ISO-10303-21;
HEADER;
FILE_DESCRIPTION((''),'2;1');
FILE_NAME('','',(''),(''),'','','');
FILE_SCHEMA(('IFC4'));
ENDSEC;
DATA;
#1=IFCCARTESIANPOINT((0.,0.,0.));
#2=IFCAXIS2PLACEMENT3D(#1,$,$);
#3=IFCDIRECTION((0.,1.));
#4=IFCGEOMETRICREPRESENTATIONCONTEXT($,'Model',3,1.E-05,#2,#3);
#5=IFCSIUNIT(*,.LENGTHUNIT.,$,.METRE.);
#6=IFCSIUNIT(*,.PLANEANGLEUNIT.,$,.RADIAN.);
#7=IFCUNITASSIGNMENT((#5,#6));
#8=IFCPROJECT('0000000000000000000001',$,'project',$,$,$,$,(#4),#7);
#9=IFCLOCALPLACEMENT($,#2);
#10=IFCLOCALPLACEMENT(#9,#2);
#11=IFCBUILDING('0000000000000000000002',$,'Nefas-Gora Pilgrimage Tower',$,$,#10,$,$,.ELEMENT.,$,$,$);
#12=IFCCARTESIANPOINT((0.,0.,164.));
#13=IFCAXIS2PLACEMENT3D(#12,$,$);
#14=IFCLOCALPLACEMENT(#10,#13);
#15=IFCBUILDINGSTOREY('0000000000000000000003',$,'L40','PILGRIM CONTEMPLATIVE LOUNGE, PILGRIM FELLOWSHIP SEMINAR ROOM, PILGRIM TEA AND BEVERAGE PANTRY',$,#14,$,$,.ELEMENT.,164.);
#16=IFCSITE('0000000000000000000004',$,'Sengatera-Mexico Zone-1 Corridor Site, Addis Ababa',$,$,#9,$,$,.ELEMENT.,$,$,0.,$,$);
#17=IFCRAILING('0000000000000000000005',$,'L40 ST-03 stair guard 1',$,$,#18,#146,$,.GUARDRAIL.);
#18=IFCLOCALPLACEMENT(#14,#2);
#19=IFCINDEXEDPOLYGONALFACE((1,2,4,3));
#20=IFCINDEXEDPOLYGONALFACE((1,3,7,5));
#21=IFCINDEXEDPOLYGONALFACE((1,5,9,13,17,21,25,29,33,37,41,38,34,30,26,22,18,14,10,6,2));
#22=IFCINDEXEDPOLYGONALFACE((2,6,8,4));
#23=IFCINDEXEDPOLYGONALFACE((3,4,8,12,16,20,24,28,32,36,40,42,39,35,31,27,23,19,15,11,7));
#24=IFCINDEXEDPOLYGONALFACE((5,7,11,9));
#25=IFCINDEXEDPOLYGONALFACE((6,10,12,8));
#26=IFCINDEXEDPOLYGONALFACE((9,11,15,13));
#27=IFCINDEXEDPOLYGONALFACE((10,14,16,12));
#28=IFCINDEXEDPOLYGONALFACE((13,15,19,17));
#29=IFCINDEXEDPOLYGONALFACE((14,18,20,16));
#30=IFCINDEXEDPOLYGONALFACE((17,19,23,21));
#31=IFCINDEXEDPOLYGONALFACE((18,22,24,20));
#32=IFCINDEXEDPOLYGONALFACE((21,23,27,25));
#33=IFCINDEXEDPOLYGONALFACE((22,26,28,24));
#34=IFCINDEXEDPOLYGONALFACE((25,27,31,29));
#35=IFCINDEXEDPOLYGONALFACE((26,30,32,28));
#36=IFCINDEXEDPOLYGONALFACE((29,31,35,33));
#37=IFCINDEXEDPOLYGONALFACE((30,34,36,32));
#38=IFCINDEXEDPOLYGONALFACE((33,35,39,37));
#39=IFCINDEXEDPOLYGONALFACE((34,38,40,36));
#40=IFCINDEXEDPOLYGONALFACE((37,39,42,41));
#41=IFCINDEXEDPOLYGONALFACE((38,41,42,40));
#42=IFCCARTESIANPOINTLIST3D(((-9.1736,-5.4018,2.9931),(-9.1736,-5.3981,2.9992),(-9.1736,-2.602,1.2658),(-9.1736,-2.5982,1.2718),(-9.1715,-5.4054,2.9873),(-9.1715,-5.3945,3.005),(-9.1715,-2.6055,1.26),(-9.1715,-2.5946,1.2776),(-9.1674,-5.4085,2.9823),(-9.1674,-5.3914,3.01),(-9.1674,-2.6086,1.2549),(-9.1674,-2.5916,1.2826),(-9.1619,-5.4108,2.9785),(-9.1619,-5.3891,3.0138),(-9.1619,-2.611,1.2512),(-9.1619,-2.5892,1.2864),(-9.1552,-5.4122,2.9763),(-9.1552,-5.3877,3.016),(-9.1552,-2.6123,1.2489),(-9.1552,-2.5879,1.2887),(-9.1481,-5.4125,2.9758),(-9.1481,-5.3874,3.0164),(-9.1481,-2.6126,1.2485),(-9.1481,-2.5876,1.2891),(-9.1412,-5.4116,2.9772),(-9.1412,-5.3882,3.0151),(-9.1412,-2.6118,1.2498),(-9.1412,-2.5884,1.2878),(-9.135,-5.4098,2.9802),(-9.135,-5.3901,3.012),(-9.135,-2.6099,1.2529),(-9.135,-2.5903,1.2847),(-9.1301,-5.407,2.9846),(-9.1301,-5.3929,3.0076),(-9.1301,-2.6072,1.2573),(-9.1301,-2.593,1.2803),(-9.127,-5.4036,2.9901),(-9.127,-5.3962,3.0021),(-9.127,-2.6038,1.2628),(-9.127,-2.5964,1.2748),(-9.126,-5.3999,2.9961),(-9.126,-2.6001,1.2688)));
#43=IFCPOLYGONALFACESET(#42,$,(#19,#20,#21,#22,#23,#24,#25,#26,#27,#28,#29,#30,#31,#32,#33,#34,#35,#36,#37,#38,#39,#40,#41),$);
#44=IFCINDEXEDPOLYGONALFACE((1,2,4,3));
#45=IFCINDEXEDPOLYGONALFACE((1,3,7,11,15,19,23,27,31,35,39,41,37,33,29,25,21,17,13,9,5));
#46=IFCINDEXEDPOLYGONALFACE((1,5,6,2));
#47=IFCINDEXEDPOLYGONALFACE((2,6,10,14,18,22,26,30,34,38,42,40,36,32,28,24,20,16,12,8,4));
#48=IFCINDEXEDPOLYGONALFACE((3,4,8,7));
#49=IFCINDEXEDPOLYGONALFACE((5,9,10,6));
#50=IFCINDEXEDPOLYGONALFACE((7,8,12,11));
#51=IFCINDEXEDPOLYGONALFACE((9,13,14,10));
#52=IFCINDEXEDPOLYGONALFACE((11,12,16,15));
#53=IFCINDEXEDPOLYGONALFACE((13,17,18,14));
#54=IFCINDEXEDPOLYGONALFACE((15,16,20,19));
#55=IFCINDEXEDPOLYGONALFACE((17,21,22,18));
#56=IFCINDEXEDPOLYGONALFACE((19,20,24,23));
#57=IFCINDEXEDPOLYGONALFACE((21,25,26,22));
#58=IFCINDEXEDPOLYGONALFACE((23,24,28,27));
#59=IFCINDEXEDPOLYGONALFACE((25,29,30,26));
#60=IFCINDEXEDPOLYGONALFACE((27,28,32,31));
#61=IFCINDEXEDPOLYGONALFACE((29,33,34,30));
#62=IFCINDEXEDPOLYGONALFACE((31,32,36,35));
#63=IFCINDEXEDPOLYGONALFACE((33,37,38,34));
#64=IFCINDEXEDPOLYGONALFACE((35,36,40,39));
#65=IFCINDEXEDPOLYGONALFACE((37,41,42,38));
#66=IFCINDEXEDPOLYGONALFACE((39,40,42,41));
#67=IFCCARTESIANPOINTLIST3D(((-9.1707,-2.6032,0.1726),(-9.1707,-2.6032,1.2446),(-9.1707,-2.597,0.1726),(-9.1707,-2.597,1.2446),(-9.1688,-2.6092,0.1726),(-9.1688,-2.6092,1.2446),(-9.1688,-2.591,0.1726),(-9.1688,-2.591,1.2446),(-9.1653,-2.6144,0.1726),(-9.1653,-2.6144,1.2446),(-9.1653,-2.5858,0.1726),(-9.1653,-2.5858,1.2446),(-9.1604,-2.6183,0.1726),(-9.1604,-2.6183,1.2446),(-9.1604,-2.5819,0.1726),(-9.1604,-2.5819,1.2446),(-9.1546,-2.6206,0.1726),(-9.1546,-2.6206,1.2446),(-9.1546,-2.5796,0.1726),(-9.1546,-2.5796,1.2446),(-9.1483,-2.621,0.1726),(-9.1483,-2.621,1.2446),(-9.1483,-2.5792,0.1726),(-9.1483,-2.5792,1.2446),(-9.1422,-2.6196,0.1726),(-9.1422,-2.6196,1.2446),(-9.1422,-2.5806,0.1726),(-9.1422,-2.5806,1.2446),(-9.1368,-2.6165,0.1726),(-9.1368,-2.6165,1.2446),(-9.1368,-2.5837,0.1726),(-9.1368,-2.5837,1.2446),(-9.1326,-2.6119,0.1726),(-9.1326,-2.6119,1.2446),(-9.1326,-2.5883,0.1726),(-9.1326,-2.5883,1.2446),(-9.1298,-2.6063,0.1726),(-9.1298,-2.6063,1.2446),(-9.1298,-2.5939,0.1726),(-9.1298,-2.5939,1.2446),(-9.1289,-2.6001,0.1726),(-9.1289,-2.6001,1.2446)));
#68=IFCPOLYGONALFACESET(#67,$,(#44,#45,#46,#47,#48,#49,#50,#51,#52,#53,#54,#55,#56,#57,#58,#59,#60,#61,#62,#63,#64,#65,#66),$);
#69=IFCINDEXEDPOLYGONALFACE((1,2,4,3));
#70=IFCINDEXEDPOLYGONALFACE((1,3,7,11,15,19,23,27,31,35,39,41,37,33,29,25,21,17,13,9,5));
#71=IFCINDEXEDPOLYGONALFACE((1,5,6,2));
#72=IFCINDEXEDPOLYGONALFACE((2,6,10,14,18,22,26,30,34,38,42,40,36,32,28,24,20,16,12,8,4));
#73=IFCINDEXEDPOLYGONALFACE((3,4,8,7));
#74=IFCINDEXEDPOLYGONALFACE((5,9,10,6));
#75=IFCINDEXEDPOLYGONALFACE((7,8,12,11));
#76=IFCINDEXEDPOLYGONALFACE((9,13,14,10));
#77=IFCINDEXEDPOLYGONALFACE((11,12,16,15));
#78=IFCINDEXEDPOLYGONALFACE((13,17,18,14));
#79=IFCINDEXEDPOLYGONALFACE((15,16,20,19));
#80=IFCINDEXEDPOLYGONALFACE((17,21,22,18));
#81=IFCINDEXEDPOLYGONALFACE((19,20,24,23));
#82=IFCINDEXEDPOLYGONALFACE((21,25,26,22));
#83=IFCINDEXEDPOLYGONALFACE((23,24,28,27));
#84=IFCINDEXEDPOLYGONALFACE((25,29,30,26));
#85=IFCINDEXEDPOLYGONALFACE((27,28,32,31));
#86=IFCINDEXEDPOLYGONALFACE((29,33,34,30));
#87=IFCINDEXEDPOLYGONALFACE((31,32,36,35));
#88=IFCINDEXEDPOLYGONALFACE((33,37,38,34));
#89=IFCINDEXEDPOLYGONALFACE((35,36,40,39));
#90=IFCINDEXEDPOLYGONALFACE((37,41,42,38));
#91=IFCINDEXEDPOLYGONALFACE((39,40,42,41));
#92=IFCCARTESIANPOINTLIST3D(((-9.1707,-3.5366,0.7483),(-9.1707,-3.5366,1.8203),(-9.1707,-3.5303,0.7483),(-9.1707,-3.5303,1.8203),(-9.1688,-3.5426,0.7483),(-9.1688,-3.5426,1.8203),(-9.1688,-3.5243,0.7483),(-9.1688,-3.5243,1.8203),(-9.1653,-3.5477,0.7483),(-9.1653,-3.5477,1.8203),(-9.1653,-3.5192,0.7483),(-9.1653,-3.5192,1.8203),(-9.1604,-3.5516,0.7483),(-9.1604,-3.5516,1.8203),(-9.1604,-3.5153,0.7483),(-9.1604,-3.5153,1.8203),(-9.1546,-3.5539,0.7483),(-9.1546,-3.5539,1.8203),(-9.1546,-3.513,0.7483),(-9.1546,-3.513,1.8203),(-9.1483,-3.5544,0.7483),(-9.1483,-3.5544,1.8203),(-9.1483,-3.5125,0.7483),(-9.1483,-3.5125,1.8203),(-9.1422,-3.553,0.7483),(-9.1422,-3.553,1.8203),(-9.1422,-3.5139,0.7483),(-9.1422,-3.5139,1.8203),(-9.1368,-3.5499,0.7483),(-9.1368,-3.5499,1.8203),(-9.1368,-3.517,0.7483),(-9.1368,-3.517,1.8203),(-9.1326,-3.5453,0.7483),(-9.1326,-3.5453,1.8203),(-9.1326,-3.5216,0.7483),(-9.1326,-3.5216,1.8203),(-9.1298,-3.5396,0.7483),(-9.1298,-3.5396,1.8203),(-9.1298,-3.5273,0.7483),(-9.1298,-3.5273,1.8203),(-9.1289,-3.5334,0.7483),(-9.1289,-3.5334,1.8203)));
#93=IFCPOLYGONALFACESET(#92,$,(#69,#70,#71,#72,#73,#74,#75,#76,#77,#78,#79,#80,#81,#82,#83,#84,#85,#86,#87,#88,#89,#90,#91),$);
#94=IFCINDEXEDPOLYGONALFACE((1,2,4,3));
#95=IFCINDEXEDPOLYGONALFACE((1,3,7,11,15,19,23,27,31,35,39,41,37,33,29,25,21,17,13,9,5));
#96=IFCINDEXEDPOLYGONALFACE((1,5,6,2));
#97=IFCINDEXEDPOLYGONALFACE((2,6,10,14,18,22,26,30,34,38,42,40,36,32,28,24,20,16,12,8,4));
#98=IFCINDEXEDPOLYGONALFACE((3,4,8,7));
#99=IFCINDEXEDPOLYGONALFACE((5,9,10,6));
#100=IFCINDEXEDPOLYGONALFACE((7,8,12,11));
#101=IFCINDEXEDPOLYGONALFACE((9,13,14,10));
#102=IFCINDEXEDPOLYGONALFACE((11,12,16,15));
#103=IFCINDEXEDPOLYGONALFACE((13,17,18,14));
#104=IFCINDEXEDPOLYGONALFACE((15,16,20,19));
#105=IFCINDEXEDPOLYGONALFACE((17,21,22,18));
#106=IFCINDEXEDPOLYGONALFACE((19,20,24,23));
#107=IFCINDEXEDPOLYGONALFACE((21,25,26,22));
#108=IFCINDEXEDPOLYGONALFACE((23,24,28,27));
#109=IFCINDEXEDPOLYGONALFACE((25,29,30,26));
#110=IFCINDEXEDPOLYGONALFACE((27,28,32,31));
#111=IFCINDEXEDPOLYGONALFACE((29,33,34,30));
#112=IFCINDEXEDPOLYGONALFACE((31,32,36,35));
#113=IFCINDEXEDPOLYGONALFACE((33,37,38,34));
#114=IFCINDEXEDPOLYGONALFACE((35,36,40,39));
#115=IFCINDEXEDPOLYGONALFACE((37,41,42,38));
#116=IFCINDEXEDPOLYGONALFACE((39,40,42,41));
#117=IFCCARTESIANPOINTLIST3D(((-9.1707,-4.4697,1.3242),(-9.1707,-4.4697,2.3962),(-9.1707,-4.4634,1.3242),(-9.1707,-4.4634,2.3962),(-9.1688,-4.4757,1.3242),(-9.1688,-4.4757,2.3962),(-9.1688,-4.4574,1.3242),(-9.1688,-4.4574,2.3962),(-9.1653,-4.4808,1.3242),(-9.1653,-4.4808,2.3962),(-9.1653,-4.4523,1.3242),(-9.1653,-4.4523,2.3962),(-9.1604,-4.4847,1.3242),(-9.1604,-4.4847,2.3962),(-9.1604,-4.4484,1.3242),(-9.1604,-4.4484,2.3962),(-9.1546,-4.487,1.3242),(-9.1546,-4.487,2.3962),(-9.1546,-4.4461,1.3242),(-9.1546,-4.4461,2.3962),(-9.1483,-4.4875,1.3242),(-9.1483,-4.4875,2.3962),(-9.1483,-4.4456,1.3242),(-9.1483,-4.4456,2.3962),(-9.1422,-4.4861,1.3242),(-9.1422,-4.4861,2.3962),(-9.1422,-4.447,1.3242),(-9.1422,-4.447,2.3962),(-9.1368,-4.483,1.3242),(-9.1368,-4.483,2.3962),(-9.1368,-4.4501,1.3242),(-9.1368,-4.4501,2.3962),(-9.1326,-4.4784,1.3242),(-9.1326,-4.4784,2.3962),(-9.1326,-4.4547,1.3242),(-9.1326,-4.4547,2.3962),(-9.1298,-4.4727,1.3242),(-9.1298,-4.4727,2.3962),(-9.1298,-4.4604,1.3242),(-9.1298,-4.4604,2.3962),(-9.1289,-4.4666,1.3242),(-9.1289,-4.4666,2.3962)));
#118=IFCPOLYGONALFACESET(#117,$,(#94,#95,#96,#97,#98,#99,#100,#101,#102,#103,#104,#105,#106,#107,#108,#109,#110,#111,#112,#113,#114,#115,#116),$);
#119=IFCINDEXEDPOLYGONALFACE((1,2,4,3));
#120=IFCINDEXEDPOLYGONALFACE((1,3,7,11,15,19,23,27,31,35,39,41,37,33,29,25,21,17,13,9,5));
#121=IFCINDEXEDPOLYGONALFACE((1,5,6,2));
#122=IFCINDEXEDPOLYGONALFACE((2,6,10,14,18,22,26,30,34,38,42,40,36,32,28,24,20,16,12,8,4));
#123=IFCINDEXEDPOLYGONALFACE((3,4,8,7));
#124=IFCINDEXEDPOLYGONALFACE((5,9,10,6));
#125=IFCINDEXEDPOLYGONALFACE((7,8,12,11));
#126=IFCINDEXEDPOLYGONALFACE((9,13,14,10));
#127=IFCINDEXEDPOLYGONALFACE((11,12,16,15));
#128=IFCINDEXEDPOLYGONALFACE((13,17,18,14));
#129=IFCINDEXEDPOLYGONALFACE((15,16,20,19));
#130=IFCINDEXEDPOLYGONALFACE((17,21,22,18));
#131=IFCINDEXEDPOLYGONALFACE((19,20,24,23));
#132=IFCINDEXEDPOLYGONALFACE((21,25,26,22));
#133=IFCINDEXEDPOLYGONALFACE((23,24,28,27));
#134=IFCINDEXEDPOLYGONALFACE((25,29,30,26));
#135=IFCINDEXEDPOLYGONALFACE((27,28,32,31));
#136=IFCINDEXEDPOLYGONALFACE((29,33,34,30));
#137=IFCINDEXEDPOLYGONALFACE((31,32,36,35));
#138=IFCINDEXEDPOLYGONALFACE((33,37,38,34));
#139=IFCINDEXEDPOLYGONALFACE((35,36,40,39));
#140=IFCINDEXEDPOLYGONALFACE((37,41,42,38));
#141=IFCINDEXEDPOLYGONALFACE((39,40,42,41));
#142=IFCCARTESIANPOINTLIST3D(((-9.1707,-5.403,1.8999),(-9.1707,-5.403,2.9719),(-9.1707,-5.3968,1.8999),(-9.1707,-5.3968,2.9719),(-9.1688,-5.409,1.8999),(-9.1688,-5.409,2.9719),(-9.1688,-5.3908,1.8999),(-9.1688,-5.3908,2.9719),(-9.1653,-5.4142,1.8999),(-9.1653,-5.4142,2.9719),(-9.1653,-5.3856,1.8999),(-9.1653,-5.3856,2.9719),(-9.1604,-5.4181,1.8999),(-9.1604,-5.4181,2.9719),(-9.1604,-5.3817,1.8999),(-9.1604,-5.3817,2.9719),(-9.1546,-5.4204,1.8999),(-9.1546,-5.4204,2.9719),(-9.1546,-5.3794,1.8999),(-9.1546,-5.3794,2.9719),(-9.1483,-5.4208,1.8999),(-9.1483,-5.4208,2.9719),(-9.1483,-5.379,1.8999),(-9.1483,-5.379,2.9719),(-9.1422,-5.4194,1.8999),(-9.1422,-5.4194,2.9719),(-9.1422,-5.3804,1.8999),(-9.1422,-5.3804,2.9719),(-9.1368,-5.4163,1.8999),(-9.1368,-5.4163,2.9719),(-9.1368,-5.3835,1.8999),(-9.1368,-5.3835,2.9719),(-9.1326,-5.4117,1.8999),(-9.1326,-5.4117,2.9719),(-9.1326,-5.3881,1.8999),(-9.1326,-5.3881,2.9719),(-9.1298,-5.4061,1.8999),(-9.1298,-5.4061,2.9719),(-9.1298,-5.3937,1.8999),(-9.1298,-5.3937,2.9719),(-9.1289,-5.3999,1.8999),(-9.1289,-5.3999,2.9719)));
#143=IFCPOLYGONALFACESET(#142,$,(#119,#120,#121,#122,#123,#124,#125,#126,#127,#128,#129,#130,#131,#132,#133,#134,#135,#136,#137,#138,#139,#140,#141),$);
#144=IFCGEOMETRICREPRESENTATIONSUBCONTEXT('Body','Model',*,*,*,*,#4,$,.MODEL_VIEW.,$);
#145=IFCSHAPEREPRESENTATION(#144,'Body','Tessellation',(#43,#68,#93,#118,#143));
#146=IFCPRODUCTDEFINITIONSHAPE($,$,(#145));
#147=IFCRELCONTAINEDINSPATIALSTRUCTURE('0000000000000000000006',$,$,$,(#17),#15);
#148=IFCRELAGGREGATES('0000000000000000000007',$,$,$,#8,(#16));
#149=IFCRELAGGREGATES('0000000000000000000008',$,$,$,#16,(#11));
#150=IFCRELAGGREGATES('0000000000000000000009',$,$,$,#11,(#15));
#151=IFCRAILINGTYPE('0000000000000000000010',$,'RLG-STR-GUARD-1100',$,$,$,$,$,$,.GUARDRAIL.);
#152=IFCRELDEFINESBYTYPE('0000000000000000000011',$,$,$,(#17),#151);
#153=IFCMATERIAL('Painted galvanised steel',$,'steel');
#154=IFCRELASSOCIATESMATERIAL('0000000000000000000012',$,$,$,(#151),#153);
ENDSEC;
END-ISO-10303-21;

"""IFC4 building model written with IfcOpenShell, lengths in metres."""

from ifc_helpers import new_model, si_unit, direction, frame, origin, origin_2d, place, context, subcontext, project, spatial, circle, extrude, material, type_object, element, save


model = new_model("IFC4")

# Units and contexts
model_context = context("Model", 3, precision=1e-05, world=origin(), true_north=direction((0.0, 1.0)))
body_context = subcontext(model_context, "Body", "Model", "MODEL_VIEW")
ifc_project = project(units=[si_unit("LENGTHUNIT", "METRE"), si_unit("PLANEANGLEUNIT", "RADIAN")], contexts=[model_context])

# Site, building, storey
site_placement = place(None, origin())
site = spatial("IfcSite", under=ifc_project, at=site_placement, Name="Sengatera-Mexico Zone-1 Corridor Site, Addis Ababa", CompositionType="ELEMENT", RefElevation=0.0)
building_placement = place(site_placement, origin())
building = spatial("IfcBuilding", under=site, at=building_placement, Name="Nefas-Gora Pilgrimage Tower", CompositionType="ELEMENT")
storey_placement = place(building_placement, frame((0.0, 0.0, 164.0)))
storey = spatial("IfcBuildingStorey", under=building, at=storey_placement, Name="L40", Description="PILGRIM CONTEMPLATIVE LOUNGE, PILGRIM FELLOWSHIP SEMINAR ROOM, PILGRIM TEA AND BEVERAGE PANTRY", CompositionType="ELEMENT", Elevation=164.0)

# Railing
ifc_material_1 = material(Name="Painted galvanised steel", Category="steel")
railing_type_1 = type_object("IfcRailingType", Name="RLG-STR-GUARD-1100", PredefinedType="GUARDRAIL", material=ifc_material_1)
railing_1_placement = place(storey_placement, frame((-9.1499, -2.6001, 0.1726)))
element("IfcRailing", 1, at=railing_1_placement, inside=storey, type_object=railing_type_1, Name="L40 ST-03 stair guard 1", PredefinedType="GUARDRAIL", context=body_context, shape_type="SweptSolid", body=[
    extrude(circle(Radius=0.0239, at=origin_2d()), frame((0.0, 0.0, 1.0962), z_axis=(0.0, -0.851069, 0.525054), x_axis=(1.0, 0.0, 0.0)), (0.0, 0.0, 1.0), 3.2898),
    extrude(circle(Radius=0.021, at=origin_2d()), origin(), (0.0, 0.0, 1.0), 1.072),
    extrude(circle(Radius=0.021, at=origin_2d()), frame((0.0, -0.9333, 0.5757)), (0.0, 0.0, 1.0), 1.072),
    extrude(circle(Radius=0.021, at=origin_2d()), frame((0.0, -1.8665, 1.1516)), (0.0, 0.0, 1.0), 1.072),
    extrude(circle(Radius=0.021, at=origin_2d()), frame((0.0, -2.7998, 1.7273)), (0.0, 0.0, 1.0), 1.072),
])

save(model, "model.ifc")
